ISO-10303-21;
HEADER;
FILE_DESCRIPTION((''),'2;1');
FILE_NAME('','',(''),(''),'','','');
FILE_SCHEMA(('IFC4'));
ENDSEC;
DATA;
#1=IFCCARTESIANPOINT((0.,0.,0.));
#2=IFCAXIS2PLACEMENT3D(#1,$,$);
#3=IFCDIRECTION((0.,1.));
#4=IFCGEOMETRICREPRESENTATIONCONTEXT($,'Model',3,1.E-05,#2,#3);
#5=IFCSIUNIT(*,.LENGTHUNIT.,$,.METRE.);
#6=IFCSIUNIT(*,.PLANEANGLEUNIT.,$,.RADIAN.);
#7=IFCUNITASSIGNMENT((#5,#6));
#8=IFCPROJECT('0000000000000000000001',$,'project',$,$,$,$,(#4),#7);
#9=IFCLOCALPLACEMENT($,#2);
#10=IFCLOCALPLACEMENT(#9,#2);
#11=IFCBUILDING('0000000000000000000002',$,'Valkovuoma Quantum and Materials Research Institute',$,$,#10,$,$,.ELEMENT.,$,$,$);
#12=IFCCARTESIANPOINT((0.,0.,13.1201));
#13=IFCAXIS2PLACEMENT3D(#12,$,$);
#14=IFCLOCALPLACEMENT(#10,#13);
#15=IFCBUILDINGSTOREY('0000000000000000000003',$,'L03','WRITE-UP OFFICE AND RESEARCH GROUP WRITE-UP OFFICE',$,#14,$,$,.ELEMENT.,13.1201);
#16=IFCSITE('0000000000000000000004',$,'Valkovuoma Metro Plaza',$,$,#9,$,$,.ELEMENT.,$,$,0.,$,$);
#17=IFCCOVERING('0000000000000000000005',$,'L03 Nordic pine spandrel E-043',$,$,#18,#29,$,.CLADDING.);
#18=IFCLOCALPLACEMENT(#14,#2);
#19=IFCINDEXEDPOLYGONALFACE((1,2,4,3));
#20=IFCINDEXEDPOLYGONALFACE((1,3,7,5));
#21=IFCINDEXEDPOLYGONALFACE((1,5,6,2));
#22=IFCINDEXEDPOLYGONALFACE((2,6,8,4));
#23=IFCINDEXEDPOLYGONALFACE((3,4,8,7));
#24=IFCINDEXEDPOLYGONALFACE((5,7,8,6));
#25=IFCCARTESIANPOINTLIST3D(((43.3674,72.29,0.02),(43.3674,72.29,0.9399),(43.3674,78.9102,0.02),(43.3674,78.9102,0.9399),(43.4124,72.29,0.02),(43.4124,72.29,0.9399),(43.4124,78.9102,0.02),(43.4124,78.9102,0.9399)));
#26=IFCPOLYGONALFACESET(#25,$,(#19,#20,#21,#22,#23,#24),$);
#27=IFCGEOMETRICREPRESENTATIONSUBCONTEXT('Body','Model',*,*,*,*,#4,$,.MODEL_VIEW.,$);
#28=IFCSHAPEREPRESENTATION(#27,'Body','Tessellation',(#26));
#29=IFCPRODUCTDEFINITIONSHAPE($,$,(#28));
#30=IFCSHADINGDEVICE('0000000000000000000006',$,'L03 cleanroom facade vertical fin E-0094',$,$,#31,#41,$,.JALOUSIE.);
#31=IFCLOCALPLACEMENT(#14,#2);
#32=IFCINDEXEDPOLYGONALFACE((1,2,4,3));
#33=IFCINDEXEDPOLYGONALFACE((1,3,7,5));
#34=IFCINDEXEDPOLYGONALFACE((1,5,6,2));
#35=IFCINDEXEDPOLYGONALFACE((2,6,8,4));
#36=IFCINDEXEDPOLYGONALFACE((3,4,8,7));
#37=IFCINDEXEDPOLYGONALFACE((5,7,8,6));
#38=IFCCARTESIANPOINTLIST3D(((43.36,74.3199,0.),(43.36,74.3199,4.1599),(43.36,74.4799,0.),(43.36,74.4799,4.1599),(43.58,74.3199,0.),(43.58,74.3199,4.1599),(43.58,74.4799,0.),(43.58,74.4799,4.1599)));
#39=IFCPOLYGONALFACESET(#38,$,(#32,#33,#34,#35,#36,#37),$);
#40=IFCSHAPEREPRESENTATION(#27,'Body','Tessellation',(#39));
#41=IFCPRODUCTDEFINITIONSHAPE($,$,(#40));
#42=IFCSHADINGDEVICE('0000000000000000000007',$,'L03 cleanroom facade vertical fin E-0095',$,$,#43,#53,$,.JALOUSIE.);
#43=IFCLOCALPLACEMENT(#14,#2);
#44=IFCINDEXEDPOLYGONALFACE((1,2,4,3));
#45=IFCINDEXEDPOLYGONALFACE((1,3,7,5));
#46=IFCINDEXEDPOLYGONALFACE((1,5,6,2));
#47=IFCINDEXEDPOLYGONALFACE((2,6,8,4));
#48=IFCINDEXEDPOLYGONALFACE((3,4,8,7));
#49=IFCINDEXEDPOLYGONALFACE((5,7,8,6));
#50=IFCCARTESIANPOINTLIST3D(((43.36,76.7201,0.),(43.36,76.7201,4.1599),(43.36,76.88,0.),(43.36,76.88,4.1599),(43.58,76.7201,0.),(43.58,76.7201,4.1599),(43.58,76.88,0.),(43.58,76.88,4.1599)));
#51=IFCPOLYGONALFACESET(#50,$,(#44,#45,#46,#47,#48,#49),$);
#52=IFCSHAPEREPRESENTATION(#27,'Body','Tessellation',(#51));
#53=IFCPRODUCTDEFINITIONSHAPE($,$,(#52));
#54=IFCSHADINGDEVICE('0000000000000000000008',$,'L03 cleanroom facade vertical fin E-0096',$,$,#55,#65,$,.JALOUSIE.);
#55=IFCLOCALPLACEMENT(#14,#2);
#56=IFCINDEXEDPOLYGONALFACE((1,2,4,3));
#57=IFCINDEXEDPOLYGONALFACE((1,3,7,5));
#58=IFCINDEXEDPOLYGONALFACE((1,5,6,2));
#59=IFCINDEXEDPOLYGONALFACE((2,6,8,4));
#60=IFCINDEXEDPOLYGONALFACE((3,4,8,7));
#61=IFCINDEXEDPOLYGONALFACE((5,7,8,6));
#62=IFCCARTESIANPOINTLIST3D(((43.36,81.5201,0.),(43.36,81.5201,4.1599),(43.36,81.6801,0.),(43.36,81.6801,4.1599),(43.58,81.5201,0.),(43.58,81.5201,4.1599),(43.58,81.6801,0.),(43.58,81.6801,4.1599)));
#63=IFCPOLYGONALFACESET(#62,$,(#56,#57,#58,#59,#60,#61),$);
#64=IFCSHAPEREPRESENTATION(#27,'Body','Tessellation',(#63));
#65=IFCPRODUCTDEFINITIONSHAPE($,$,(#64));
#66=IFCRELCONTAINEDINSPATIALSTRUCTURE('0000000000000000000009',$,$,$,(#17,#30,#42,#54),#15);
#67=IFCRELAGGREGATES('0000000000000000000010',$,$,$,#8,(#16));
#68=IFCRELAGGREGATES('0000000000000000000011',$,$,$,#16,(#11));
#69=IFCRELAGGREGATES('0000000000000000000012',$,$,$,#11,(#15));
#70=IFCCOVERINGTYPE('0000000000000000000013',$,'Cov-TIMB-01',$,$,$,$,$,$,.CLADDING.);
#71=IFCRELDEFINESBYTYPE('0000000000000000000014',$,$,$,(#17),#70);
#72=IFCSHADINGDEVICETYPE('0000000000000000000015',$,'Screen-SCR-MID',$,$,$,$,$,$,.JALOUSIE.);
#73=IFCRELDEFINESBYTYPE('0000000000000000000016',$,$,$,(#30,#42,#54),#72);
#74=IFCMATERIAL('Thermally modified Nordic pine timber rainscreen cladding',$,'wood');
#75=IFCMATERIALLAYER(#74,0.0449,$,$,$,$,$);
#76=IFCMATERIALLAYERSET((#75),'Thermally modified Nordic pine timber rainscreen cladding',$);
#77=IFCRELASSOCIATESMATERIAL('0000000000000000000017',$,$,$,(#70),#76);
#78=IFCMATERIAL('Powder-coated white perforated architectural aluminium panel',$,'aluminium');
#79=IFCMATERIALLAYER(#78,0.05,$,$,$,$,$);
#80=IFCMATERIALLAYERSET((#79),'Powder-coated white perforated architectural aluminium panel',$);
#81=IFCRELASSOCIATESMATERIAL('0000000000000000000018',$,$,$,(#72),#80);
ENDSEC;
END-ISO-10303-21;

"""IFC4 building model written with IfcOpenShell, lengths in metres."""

from ifc_helpers import new_model, si_unit, direction, frame, origin, origin_2d, place, context, subcontext, project, spatial, rectangle, extrude, material, layer, layer_set, type_object, element, save


model = new_model("IFC4")

# Units and contexts
model_context = context("Model", 3, precision=1e-05, world=origin(), true_north=direction((0.0, 1.0)))
body_context = subcontext(model_context, "Body", "Model", "MODEL_VIEW")
ifc_project = project(units=[si_unit("LENGTHUNIT", "METRE"), si_unit("PLANEANGLEUNIT", "RADIAN")], contexts=[model_context])

# Site, building, storey
site_placement = place(None, origin())
site = spatial("IfcSite", under=ifc_project, at=site_placement, Name="Valkovuoma Metro Plaza", CompositionType="ELEMENT", RefElevation=0.0)
building_placement = place(site_placement, origin())
building = spatial("IfcBuilding", under=site, at=building_placement, Name="Valkovuoma Quantum and Materials Research Institute", CompositionType="ELEMENT")
storey_placement = place(building_placement, frame((0.0, 0.0, 13.1201)))
storey = spatial("IfcBuildingStorey", under=building, at=storey_placement, Name="L03", Description="WRITE-UP OFFICE AND RESEARCH GROUP WRITE-UP OFFICE", CompositionType="ELEMENT", Elevation=13.1201)

# Covering
ifc_material_1 = material(Name="Thermally modified Nordic pine timber rainscreen cladding", Category="wood")
ifc_layer_1 = layer(ifc_material_1, 0.0449)
ifc_layer_set_1 = layer_set([ifc_layer_1], Name="Thermally modified Nordic pine timber rainscreen cladding")
covering_type = type_object("IfcCoveringType", Name="Cov-TIMB-01", PredefinedType="CLADDING", material=ifc_layer_set_1)
covering_placement = place(storey_placement, frame((43.3899, 75.6001, 0.02), z_axis=(0.0, 0.0, 1.0), x_axis=(1.0, 0.0, 0.0)))
element("IfcCovering", 1, at=covering_placement, inside=storey, type_object=covering_type, Name="L03 Nordic pine spandrel E-043", PredefinedType="CLADDING", context=body_context, shape_type="SweptSolid", body=[
    extrude(rectangle(XDim=0.0449, YDim=6.6201, at=origin_2d()), origin(), (0.0, 0.0, 1.0), 0.9199),
])

# Shading devices
ifc_material_2 = material(Name="Powder-coated white perforated architectural aluminium panel", Category="aluminium")
ifc_layer_2 = layer(ifc_material_2, 0.05)
ifc_layer_set_2 = layer_set([ifc_layer_2], Name="Powder-coated white perforated architectural aluminium panel")
shading_device_type = type_object("IfcShadingDeviceType", Name="Screen-SCR-MID", PredefinedType="JALOUSIE", material=ifc_layer_set_2)
for number, where, z_axis, x_axis, name in (
    (2, (43.47, 74.3999, 0.0), (0.0, 0.0, 1.0), (1.0, 0.0, 0.0), "L03 cleanroom facade vertical fin E-0094"),
    (3, (43.47, 76.8, 0.0), (0.0, 0.0, 1.0), (1.0, 0.0, 0.0), "L03 cleanroom facade vertical fin E-0095"),
    (4, (43.47, 81.6001, 0.0), (0.0, 0.0, 1.0), (1.0, 0.0, 0.0), "L03 cleanroom facade vertical fin E-0096"),
):
    element("IfcShadingDevice", number, at=place(storey_placement, frame(where, z_axis=z_axis, x_axis=x_axis)), inside=storey, type_object=shading_device_type, Name=name, PredefinedType="JALOUSIE", context=body_context, shape_type="SweptSolid", body=[
        extrude(rectangle(XDim=0.22, YDim=0.1599, at=origin_2d()), origin(), (0.0, 0.0, 1.0), 4.1599),
    ])

save(model, "model.ifc")
